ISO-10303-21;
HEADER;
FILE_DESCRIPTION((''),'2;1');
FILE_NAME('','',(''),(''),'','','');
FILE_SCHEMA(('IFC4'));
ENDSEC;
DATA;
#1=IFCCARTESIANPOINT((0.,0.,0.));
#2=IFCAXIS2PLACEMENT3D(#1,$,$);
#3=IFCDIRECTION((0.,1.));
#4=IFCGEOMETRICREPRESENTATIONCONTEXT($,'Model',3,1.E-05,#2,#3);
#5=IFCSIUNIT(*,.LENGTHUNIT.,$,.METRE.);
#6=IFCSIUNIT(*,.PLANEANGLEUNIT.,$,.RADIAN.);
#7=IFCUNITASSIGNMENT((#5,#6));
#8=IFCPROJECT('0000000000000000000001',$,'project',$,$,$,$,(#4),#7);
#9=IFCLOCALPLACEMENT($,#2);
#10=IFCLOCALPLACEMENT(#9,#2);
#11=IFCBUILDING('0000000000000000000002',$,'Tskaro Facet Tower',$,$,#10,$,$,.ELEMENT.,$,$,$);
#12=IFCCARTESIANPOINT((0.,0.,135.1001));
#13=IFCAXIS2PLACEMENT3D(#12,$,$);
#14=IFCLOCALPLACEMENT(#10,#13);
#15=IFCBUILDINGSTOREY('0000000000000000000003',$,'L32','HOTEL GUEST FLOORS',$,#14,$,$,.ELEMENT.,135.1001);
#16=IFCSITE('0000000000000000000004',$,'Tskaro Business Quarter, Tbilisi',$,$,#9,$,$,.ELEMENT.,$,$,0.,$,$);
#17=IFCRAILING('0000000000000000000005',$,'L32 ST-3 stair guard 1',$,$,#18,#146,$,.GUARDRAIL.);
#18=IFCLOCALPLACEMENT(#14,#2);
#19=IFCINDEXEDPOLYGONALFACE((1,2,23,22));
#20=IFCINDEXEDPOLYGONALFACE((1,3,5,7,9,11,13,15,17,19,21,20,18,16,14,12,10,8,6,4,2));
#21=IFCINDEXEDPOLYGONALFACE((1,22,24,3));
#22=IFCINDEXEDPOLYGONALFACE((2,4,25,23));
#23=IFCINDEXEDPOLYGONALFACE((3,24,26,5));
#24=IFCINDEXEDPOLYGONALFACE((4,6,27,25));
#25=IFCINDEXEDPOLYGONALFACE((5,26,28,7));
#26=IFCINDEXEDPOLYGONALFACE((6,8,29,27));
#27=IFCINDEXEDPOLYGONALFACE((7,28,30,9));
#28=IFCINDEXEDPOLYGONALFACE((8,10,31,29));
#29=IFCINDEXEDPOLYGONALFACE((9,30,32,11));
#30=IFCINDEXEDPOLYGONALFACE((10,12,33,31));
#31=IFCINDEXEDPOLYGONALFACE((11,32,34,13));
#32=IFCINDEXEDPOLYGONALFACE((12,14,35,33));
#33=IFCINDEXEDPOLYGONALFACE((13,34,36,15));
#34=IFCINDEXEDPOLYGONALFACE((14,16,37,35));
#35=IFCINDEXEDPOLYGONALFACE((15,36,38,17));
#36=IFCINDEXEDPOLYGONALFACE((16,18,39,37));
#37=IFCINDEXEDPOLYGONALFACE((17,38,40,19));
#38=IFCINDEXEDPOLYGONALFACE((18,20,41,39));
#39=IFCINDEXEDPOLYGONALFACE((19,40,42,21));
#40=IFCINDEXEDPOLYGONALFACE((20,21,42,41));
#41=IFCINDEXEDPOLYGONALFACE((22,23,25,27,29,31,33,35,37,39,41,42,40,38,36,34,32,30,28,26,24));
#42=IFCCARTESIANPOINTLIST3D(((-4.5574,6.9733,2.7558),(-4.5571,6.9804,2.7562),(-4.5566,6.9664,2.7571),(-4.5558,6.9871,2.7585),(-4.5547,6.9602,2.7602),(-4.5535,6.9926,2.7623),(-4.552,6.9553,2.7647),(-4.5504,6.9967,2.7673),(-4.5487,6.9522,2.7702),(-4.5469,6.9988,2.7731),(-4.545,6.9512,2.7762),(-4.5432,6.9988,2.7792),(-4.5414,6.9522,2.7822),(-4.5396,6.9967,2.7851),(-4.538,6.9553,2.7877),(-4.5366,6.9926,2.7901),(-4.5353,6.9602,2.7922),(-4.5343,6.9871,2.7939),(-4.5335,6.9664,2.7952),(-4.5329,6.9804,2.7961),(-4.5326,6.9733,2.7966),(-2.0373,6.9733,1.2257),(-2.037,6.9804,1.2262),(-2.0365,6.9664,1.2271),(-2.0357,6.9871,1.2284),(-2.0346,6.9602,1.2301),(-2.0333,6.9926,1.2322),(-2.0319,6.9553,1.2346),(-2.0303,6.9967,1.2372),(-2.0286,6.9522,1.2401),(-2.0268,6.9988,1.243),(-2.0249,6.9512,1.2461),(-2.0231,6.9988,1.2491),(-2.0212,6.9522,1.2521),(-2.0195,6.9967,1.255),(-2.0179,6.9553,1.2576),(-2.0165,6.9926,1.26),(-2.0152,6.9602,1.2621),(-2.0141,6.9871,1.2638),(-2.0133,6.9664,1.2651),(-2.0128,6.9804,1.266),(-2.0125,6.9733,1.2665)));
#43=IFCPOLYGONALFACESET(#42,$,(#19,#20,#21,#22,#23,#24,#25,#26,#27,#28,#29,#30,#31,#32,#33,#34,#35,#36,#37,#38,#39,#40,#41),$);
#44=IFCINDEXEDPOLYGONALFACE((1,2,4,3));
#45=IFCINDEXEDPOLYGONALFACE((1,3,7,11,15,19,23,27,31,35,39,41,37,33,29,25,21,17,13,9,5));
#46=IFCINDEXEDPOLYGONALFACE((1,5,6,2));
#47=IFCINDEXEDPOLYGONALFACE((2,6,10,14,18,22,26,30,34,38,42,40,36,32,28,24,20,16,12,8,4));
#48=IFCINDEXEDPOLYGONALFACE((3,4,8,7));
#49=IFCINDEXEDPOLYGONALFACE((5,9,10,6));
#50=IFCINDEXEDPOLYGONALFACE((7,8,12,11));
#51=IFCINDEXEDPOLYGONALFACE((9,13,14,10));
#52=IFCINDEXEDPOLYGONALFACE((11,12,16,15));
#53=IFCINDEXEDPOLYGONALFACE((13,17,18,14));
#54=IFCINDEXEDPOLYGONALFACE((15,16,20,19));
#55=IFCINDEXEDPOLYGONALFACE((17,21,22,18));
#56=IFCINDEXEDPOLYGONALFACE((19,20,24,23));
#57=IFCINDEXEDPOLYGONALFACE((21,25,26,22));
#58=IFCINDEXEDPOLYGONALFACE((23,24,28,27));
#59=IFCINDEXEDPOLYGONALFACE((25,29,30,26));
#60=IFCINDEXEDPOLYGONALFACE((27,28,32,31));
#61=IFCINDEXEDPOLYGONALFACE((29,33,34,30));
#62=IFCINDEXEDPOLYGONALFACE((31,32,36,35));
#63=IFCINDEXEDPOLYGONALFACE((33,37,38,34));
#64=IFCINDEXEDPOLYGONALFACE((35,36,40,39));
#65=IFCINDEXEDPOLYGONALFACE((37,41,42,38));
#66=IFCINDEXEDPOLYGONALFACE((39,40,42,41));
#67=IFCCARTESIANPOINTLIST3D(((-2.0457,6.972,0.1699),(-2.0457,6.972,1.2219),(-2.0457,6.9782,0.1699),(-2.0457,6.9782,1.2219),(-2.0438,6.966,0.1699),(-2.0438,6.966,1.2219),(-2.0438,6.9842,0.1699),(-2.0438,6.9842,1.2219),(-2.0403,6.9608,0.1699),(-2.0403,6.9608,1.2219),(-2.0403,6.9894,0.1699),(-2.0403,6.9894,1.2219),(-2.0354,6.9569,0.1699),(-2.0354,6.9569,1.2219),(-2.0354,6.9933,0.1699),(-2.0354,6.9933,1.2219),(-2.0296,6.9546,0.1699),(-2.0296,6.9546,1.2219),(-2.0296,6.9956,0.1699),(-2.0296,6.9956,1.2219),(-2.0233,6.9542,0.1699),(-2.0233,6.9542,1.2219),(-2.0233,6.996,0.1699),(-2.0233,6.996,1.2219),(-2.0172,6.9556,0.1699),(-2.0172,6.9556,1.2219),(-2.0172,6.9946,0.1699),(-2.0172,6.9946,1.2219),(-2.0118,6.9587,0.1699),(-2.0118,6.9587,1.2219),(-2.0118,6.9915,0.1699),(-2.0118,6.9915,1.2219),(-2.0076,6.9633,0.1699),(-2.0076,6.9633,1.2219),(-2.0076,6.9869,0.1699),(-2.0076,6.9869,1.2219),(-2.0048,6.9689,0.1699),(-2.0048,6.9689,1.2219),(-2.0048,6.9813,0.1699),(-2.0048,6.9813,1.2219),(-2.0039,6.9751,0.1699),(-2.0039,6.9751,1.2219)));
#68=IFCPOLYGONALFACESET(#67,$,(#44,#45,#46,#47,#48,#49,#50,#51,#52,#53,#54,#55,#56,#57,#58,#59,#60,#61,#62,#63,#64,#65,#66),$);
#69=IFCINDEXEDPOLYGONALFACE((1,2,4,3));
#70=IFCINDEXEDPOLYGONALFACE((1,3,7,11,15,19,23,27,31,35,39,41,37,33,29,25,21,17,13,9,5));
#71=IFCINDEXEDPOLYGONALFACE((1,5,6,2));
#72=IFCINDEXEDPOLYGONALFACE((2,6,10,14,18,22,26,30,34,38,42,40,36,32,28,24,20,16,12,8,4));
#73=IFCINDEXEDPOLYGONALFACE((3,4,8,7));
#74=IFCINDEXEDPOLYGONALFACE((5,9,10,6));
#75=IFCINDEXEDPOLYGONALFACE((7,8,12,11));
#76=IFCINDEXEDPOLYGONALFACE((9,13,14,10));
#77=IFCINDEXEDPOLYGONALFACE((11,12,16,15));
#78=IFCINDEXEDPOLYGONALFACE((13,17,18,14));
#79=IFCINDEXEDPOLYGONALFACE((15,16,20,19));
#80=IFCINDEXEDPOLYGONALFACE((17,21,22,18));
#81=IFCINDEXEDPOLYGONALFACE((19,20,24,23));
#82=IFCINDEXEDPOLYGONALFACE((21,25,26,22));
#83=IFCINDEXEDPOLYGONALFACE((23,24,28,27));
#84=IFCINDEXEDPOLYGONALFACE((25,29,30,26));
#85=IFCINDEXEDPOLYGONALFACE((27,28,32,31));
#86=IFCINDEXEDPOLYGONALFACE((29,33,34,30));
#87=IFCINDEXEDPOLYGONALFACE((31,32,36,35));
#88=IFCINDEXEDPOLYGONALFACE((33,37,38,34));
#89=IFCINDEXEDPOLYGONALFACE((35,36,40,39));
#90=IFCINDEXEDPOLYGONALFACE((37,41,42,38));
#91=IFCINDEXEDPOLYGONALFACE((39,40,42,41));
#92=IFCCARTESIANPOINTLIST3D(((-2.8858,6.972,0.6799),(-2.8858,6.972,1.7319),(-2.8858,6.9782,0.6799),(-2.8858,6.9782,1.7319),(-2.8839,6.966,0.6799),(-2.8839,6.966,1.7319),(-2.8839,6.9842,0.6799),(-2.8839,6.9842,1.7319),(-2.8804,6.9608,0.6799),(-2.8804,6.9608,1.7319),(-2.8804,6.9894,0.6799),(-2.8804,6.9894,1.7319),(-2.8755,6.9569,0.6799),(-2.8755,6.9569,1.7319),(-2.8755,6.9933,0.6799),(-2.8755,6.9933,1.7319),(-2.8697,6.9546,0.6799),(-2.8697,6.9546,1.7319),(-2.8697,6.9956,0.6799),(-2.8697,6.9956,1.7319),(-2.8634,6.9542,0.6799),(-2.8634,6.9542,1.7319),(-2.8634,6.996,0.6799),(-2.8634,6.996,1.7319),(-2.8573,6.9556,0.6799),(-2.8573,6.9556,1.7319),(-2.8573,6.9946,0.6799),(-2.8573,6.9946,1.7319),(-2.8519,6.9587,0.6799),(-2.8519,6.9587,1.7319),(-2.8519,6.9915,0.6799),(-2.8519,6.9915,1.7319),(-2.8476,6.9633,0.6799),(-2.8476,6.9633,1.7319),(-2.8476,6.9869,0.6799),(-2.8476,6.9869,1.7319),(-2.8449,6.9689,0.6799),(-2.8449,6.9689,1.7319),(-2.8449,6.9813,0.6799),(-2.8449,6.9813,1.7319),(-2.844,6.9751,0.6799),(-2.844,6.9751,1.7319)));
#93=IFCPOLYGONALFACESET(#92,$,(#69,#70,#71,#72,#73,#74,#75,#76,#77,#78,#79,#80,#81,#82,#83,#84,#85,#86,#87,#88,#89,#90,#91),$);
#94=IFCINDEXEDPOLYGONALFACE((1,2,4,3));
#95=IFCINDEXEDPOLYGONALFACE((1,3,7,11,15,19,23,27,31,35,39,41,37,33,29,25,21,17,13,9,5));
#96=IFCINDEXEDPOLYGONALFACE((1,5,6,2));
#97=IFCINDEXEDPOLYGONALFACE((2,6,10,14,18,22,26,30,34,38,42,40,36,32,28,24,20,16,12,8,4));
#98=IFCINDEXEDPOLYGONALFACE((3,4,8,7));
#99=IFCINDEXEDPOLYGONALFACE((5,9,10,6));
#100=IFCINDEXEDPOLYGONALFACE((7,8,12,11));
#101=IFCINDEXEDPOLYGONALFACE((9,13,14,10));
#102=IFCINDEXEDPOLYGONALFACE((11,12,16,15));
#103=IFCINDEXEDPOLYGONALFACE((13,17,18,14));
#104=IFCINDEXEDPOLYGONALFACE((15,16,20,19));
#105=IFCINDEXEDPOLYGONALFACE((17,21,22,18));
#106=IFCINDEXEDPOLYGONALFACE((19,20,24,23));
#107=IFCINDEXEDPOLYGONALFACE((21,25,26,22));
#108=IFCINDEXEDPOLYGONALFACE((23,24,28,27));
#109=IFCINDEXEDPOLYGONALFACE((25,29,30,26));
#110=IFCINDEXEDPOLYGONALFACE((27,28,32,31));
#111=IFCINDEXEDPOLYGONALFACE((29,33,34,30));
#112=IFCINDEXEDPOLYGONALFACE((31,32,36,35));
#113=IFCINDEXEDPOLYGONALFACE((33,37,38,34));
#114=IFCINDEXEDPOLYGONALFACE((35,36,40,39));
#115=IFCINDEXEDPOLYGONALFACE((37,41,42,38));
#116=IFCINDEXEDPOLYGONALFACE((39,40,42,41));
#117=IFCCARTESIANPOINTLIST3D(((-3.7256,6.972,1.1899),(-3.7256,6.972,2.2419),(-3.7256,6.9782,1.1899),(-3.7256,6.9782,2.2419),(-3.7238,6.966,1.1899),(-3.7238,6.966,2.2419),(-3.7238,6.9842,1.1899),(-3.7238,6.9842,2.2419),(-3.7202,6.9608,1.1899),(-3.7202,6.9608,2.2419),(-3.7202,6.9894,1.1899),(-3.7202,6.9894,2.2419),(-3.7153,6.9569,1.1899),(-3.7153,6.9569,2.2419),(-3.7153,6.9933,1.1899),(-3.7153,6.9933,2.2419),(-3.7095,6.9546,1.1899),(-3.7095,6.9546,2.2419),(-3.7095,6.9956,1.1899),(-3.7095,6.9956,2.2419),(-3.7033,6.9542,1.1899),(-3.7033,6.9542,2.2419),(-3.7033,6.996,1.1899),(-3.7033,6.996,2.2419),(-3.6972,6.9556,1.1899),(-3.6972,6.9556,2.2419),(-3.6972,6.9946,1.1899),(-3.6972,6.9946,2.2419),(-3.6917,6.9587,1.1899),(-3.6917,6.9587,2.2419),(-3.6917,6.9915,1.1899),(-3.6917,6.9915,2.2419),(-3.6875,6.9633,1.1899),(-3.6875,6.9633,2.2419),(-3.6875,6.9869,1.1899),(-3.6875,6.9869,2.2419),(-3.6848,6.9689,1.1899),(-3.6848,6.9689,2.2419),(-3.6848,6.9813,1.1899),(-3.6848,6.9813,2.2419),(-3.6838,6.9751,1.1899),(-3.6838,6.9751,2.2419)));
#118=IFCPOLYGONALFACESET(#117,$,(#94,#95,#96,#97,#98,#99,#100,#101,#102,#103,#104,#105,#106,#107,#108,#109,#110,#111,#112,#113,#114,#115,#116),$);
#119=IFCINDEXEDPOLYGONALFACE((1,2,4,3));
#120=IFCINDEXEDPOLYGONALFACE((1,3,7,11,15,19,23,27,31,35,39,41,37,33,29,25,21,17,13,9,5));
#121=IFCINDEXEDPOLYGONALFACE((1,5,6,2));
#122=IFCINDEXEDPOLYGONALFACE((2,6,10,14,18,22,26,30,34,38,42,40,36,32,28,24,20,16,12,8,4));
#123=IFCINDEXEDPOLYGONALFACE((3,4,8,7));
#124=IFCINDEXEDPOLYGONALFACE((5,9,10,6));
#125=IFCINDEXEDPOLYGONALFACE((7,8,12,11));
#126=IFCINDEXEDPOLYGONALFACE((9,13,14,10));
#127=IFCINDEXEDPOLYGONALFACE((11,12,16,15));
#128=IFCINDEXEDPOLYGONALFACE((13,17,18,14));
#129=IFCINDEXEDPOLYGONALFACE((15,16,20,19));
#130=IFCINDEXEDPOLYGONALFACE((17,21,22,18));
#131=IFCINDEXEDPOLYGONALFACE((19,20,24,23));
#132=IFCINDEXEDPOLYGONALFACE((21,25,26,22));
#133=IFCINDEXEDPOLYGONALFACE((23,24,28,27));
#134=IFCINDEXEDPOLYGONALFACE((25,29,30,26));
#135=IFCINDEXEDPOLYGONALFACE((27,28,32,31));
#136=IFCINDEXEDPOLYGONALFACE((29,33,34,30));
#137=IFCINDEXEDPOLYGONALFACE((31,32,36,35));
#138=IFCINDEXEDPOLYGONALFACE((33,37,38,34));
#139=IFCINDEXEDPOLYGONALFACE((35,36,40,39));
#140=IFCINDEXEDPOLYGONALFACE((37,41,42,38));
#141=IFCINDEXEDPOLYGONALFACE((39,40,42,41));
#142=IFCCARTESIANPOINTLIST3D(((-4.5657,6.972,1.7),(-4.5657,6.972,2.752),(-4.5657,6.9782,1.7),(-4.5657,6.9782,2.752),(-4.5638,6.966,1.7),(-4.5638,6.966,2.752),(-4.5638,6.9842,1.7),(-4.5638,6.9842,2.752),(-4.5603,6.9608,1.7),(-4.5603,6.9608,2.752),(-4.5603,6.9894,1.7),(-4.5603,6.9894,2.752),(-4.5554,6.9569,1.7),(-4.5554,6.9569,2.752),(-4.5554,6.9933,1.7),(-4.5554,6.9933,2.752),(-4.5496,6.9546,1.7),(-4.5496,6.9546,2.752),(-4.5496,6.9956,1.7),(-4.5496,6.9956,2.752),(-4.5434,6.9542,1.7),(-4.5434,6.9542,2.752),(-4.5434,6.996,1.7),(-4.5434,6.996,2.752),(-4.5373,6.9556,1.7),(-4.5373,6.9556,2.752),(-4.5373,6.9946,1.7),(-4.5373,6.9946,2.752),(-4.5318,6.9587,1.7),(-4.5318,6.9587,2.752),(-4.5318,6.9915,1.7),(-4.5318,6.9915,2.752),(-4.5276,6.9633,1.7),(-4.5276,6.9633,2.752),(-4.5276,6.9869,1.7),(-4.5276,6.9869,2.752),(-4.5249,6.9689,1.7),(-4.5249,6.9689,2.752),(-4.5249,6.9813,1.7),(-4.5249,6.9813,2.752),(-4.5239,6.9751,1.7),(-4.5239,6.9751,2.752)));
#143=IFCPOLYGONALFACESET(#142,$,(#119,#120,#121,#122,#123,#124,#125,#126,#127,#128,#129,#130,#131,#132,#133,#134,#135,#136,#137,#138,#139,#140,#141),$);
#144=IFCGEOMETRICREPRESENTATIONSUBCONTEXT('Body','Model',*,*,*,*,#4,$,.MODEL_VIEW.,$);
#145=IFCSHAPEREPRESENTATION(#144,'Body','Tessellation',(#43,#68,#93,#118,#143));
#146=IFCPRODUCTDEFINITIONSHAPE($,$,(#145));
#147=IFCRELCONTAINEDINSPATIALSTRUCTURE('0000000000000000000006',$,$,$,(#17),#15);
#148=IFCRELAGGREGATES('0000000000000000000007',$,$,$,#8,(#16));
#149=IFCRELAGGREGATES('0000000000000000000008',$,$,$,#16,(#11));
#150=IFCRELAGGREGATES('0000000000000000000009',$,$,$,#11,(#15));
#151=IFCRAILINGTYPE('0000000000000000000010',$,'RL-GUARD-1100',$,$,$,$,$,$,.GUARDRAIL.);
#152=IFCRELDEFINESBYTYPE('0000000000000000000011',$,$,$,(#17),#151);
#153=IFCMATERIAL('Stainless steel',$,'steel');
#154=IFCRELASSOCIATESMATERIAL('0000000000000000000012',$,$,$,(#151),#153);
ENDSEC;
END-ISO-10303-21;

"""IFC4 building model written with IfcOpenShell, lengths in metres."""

from ifc_helpers import new_model, si_unit, direction, frame, origin, origin_2d, place, context, subcontext, project, spatial, circle, extrude, material, type_object, element, save


model = new_model("IFC4")

# Units and contexts
model_context = context("Model", 3, precision=1e-05, world=origin(), true_north=direction((0.0, 1.0)))
body_context = subcontext(model_context, "Body", "Model", "MODEL_VIEW")
ifc_project = project(units=[si_unit("LENGTHUNIT", "METRE"), si_unit("PLANEANGLEUNIT", "RADIAN")], contexts=[model_context])

# Site, building, storey
site_placement = place(None, origin())
site = spatial("IfcSite", under=ifc_project, at=site_placement, Name="Tskaro Business Quarter, Tbilisi", CompositionType="ELEMENT", RefElevation=0.0)
building_placement = place(site_placement, origin())
building = spatial("IfcBuilding", under=site, at=building_placement, Name="Tskaro Facet Tower", CompositionType="ELEMENT")
storey_placement = place(building_placement, frame((0.0, 0.0, 135.1001)))
storey = spatial("IfcBuildingStorey", under=building, at=storey_placement, Name="L32", Description="HOTEL GUEST FLOORS", CompositionType="ELEMENT", Elevation=135.1001)

# Railing
ifc_material_1 = material(Name="Stainless steel", Category="steel")
railing_type_1 = type_object("IfcRailingType", Name="RL-GUARD-1100", PredefinedType="GUARDRAIL", material=ifc_material_1)
railing_1_placement = place(storey_placement, frame((-2.0249, 6.9751, 0.1699)))
element("IfcRailing", 1, at=railing_1_placement, inside=storey, type_object=railing_type_1, Name="L32 ST-3 stair guard 1", PredefinedType="GUARDRAIL", context=body_context, shape_type="SweptSolid", body=[
    extrude(circle(Radius=0.0239, at=origin_2d()), frame((0.0, 0.0, 1.0762), z_axis=(-0.854785, 0.0, 0.518982), x_axis=(0.0, -1.0, 0.0)), (0.0, 0.0, 1.0), 2.9482),
    extrude(circle(Radius=0.021, at=origin_2d()), origin(), (0.0, 0.0, 1.0), 1.052),
    extrude(circle(Radius=0.021, at=origin_2d()), frame((-0.8401, 0.0, 0.51)), (0.0, 0.0, 1.0), 1.052),
    extrude(circle(Radius=0.021, at=origin_2d()), frame((-1.6799, 0.0, 1.02)), (0.0, 0.0, 1.0), 1.052),
    extrude(circle(Radius=0.021, at=origin_2d()), frame((-2.52, 0.0, 1.53)), (0.0, 0.0, 1.0), 1.052),
])

save(model, "model.ifc")
